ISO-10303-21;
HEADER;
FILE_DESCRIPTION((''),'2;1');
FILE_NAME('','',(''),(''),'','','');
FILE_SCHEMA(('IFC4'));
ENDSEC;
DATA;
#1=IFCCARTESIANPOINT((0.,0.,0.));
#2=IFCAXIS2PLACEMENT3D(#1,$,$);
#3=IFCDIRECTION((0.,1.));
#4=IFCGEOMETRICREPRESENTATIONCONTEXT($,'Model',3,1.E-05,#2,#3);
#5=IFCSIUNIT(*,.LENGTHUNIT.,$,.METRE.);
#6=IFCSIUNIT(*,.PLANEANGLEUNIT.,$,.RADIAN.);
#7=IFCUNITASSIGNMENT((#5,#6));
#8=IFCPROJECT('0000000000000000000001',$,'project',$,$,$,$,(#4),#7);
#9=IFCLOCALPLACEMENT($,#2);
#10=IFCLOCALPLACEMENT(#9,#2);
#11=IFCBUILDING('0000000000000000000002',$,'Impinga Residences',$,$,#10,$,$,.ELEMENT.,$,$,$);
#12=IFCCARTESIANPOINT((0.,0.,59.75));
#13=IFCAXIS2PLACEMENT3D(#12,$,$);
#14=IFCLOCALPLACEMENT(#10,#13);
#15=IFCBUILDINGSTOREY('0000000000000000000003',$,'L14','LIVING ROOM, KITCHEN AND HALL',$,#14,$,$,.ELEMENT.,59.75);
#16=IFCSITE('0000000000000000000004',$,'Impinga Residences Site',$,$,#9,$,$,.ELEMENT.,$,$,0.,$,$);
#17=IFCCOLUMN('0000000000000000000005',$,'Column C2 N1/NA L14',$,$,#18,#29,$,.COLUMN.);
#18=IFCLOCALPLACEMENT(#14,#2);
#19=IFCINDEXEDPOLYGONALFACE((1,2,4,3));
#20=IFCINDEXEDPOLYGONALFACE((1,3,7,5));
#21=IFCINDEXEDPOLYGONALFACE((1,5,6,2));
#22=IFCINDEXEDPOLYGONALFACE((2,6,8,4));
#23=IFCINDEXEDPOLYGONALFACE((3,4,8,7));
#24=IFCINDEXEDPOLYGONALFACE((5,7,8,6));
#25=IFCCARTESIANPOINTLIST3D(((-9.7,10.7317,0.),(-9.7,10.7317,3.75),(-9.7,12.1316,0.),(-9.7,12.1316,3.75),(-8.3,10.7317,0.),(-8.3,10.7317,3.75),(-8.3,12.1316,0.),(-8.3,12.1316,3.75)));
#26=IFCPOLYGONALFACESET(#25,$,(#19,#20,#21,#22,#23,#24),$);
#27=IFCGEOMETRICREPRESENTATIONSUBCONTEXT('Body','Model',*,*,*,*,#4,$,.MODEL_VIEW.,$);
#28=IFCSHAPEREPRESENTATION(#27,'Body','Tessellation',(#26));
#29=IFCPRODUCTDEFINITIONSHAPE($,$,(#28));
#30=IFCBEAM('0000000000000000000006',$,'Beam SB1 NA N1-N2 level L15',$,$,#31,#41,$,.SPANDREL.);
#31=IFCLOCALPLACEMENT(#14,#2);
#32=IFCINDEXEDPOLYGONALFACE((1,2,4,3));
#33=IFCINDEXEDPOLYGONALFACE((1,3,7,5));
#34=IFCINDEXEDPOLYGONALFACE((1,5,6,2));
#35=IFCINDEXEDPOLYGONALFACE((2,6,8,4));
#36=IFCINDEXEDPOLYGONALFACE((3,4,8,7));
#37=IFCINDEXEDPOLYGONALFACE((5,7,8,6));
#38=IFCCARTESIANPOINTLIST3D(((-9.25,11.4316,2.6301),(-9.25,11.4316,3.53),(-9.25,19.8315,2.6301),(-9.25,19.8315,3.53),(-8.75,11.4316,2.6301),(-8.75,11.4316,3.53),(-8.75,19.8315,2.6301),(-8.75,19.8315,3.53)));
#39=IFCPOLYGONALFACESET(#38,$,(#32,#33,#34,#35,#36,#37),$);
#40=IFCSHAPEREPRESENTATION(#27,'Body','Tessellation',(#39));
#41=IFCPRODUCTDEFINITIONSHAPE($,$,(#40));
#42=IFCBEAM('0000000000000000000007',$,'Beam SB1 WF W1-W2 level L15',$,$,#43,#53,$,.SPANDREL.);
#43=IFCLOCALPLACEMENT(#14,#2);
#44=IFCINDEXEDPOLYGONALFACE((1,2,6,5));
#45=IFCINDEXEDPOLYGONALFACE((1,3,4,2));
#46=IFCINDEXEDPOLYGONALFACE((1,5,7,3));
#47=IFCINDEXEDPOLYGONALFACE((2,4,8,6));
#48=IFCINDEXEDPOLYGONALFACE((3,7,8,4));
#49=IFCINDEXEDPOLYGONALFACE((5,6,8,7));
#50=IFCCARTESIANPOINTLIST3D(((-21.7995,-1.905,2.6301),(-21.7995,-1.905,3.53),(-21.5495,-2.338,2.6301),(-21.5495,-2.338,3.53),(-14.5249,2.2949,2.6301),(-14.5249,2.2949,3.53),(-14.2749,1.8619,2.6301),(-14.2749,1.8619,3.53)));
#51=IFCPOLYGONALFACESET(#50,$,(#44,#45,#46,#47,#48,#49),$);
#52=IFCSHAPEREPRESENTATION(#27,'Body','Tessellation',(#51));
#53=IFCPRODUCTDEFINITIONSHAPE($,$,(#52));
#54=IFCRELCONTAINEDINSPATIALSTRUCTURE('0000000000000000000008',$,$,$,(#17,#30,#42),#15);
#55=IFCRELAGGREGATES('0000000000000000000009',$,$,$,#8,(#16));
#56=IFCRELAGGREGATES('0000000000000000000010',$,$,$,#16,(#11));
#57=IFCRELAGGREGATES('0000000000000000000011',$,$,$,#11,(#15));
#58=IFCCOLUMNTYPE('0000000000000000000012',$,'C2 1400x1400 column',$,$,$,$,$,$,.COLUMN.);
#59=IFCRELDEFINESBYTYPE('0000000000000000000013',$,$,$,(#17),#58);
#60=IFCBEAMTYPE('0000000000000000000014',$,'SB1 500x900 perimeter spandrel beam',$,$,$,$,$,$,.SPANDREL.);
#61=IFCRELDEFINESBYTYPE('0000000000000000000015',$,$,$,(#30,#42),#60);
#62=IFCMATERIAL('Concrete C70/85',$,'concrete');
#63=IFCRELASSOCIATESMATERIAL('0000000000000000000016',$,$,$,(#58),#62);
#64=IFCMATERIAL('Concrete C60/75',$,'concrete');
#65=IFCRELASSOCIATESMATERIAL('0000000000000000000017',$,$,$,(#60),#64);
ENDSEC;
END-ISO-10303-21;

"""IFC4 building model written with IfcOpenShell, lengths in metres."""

from ifc_helpers import new_model, si_unit, direction, frame, origin, origin_2d, place, context, subcontext, project, spatial, rectangle, extrude, material, material_profile, profile_set, type_object, element, save


model = new_model("IFC4")

# Units and contexts
model_context = context("Model", 3, precision=1e-05, world=origin(), true_north=direction((0.0, 1.0)))
body_context = subcontext(model_context, "Body", "Model", "MODEL_VIEW")
ifc_project = project(units=[si_unit("LENGTHUNIT", "METRE"), si_unit("PLANEANGLEUNIT", "RADIAN")], contexts=[model_context])

# Site, building, storey
site_placement = place(None, origin())
site = spatial("IfcSite", under=ifc_project, at=site_placement, Name="Impinga Residences Site", CompositionType="ELEMENT", RefElevation=0.0)
building_placement = place(site_placement, origin())
building = spatial("IfcBuilding", under=site, at=building_placement, Name="Impinga Residences", CompositionType="ELEMENT")
storey_placement = place(building_placement, frame((0.0, 0.0, 59.75)))
storey = spatial("IfcBuildingStorey", under=building, at=storey_placement, Name="L14", Description="LIVING ROOM, KITCHEN AND HALL", CompositionType="ELEMENT", Elevation=59.75)

# Column
ifc_material_1 = material(Name="Concrete C70/85", Category="concrete")
ifc_material_profile_1 = material_profile(ifc_material_1, rectangle(XDim=1.3999, YDim=1.3999, at=origin_2d()), Name="RC 1400x1400")
ifc_profile_set_1 = profile_set([ifc_material_profile_1], Name="Concrete C70/85")
column_type = type_object("IfcColumnType", Name="C2 1400x1400 column", PredefinedType="COLUMN", material=ifc_profile_set_1)
column_placement = place(storey_placement, frame((-9.0, 11.4316, 0.0), z_axis=(0.0, 0.0, 1.0), x_axis=(1.0, 0.0, 0.0)))
element("IfcColumn", 1, at=column_placement, inside=storey, type_object=column_type, Name="Column C2 N1/NA L14", PredefinedType="COLUMN", context=body_context, shape_type="SweptSolid", body=[
    extrude(rectangle(XDim=1.3999, YDim=1.3999, at=origin_2d()), origin(), (0.0, 0.0, 1.0), 3.75),
])

# Beams
ifc_material_2 = material(Name="Concrete C60/75", Category="concrete")
ifc_material_profile_2 = material_profile(ifc_material_2, rectangle(XDim=0.5, YDim=0.8999, at=origin_2d()), Name="RC 500x900")
ifc_profile_set_2 = profile_set([ifc_material_profile_2], Name="Concrete C60/75")
beam_type = type_object("IfcBeamType", Name="SB1 500x900 perimeter spandrel beam", PredefinedType="SPANDREL", material=ifc_profile_set_2)
for number, where, z_axis, x_axis, name in (
    (2, (-9.0, 11.4316, 3.0801), (0.0, 1.0, 0.0), (-1.0, 0.0, 0.0), "Beam SB1 NA N1-N2 level L15"),
    (3, (-14.3999, 2.0784, 3.0801), (-0.866029, -0.499993, 0.0), (0.499993, -0.866029, 0.0), "Beam SB1 WF W1-W2 level L15"),
):
    element("IfcBeam", number, at=place(storey_placement, frame(where, z_axis=z_axis, x_axis=x_axis)), inside=storey, type_object=beam_type, Name=name, PredefinedType="SPANDREL", context=body_context, shape_type="SweptSolid", body=[
        extrude(rectangle(XDim=0.5, YDim=0.8999, at=origin_2d()), origin(), (0.0, 0.0, 1.0), 8.3999),
    ])

save(model, "model.ifc")
